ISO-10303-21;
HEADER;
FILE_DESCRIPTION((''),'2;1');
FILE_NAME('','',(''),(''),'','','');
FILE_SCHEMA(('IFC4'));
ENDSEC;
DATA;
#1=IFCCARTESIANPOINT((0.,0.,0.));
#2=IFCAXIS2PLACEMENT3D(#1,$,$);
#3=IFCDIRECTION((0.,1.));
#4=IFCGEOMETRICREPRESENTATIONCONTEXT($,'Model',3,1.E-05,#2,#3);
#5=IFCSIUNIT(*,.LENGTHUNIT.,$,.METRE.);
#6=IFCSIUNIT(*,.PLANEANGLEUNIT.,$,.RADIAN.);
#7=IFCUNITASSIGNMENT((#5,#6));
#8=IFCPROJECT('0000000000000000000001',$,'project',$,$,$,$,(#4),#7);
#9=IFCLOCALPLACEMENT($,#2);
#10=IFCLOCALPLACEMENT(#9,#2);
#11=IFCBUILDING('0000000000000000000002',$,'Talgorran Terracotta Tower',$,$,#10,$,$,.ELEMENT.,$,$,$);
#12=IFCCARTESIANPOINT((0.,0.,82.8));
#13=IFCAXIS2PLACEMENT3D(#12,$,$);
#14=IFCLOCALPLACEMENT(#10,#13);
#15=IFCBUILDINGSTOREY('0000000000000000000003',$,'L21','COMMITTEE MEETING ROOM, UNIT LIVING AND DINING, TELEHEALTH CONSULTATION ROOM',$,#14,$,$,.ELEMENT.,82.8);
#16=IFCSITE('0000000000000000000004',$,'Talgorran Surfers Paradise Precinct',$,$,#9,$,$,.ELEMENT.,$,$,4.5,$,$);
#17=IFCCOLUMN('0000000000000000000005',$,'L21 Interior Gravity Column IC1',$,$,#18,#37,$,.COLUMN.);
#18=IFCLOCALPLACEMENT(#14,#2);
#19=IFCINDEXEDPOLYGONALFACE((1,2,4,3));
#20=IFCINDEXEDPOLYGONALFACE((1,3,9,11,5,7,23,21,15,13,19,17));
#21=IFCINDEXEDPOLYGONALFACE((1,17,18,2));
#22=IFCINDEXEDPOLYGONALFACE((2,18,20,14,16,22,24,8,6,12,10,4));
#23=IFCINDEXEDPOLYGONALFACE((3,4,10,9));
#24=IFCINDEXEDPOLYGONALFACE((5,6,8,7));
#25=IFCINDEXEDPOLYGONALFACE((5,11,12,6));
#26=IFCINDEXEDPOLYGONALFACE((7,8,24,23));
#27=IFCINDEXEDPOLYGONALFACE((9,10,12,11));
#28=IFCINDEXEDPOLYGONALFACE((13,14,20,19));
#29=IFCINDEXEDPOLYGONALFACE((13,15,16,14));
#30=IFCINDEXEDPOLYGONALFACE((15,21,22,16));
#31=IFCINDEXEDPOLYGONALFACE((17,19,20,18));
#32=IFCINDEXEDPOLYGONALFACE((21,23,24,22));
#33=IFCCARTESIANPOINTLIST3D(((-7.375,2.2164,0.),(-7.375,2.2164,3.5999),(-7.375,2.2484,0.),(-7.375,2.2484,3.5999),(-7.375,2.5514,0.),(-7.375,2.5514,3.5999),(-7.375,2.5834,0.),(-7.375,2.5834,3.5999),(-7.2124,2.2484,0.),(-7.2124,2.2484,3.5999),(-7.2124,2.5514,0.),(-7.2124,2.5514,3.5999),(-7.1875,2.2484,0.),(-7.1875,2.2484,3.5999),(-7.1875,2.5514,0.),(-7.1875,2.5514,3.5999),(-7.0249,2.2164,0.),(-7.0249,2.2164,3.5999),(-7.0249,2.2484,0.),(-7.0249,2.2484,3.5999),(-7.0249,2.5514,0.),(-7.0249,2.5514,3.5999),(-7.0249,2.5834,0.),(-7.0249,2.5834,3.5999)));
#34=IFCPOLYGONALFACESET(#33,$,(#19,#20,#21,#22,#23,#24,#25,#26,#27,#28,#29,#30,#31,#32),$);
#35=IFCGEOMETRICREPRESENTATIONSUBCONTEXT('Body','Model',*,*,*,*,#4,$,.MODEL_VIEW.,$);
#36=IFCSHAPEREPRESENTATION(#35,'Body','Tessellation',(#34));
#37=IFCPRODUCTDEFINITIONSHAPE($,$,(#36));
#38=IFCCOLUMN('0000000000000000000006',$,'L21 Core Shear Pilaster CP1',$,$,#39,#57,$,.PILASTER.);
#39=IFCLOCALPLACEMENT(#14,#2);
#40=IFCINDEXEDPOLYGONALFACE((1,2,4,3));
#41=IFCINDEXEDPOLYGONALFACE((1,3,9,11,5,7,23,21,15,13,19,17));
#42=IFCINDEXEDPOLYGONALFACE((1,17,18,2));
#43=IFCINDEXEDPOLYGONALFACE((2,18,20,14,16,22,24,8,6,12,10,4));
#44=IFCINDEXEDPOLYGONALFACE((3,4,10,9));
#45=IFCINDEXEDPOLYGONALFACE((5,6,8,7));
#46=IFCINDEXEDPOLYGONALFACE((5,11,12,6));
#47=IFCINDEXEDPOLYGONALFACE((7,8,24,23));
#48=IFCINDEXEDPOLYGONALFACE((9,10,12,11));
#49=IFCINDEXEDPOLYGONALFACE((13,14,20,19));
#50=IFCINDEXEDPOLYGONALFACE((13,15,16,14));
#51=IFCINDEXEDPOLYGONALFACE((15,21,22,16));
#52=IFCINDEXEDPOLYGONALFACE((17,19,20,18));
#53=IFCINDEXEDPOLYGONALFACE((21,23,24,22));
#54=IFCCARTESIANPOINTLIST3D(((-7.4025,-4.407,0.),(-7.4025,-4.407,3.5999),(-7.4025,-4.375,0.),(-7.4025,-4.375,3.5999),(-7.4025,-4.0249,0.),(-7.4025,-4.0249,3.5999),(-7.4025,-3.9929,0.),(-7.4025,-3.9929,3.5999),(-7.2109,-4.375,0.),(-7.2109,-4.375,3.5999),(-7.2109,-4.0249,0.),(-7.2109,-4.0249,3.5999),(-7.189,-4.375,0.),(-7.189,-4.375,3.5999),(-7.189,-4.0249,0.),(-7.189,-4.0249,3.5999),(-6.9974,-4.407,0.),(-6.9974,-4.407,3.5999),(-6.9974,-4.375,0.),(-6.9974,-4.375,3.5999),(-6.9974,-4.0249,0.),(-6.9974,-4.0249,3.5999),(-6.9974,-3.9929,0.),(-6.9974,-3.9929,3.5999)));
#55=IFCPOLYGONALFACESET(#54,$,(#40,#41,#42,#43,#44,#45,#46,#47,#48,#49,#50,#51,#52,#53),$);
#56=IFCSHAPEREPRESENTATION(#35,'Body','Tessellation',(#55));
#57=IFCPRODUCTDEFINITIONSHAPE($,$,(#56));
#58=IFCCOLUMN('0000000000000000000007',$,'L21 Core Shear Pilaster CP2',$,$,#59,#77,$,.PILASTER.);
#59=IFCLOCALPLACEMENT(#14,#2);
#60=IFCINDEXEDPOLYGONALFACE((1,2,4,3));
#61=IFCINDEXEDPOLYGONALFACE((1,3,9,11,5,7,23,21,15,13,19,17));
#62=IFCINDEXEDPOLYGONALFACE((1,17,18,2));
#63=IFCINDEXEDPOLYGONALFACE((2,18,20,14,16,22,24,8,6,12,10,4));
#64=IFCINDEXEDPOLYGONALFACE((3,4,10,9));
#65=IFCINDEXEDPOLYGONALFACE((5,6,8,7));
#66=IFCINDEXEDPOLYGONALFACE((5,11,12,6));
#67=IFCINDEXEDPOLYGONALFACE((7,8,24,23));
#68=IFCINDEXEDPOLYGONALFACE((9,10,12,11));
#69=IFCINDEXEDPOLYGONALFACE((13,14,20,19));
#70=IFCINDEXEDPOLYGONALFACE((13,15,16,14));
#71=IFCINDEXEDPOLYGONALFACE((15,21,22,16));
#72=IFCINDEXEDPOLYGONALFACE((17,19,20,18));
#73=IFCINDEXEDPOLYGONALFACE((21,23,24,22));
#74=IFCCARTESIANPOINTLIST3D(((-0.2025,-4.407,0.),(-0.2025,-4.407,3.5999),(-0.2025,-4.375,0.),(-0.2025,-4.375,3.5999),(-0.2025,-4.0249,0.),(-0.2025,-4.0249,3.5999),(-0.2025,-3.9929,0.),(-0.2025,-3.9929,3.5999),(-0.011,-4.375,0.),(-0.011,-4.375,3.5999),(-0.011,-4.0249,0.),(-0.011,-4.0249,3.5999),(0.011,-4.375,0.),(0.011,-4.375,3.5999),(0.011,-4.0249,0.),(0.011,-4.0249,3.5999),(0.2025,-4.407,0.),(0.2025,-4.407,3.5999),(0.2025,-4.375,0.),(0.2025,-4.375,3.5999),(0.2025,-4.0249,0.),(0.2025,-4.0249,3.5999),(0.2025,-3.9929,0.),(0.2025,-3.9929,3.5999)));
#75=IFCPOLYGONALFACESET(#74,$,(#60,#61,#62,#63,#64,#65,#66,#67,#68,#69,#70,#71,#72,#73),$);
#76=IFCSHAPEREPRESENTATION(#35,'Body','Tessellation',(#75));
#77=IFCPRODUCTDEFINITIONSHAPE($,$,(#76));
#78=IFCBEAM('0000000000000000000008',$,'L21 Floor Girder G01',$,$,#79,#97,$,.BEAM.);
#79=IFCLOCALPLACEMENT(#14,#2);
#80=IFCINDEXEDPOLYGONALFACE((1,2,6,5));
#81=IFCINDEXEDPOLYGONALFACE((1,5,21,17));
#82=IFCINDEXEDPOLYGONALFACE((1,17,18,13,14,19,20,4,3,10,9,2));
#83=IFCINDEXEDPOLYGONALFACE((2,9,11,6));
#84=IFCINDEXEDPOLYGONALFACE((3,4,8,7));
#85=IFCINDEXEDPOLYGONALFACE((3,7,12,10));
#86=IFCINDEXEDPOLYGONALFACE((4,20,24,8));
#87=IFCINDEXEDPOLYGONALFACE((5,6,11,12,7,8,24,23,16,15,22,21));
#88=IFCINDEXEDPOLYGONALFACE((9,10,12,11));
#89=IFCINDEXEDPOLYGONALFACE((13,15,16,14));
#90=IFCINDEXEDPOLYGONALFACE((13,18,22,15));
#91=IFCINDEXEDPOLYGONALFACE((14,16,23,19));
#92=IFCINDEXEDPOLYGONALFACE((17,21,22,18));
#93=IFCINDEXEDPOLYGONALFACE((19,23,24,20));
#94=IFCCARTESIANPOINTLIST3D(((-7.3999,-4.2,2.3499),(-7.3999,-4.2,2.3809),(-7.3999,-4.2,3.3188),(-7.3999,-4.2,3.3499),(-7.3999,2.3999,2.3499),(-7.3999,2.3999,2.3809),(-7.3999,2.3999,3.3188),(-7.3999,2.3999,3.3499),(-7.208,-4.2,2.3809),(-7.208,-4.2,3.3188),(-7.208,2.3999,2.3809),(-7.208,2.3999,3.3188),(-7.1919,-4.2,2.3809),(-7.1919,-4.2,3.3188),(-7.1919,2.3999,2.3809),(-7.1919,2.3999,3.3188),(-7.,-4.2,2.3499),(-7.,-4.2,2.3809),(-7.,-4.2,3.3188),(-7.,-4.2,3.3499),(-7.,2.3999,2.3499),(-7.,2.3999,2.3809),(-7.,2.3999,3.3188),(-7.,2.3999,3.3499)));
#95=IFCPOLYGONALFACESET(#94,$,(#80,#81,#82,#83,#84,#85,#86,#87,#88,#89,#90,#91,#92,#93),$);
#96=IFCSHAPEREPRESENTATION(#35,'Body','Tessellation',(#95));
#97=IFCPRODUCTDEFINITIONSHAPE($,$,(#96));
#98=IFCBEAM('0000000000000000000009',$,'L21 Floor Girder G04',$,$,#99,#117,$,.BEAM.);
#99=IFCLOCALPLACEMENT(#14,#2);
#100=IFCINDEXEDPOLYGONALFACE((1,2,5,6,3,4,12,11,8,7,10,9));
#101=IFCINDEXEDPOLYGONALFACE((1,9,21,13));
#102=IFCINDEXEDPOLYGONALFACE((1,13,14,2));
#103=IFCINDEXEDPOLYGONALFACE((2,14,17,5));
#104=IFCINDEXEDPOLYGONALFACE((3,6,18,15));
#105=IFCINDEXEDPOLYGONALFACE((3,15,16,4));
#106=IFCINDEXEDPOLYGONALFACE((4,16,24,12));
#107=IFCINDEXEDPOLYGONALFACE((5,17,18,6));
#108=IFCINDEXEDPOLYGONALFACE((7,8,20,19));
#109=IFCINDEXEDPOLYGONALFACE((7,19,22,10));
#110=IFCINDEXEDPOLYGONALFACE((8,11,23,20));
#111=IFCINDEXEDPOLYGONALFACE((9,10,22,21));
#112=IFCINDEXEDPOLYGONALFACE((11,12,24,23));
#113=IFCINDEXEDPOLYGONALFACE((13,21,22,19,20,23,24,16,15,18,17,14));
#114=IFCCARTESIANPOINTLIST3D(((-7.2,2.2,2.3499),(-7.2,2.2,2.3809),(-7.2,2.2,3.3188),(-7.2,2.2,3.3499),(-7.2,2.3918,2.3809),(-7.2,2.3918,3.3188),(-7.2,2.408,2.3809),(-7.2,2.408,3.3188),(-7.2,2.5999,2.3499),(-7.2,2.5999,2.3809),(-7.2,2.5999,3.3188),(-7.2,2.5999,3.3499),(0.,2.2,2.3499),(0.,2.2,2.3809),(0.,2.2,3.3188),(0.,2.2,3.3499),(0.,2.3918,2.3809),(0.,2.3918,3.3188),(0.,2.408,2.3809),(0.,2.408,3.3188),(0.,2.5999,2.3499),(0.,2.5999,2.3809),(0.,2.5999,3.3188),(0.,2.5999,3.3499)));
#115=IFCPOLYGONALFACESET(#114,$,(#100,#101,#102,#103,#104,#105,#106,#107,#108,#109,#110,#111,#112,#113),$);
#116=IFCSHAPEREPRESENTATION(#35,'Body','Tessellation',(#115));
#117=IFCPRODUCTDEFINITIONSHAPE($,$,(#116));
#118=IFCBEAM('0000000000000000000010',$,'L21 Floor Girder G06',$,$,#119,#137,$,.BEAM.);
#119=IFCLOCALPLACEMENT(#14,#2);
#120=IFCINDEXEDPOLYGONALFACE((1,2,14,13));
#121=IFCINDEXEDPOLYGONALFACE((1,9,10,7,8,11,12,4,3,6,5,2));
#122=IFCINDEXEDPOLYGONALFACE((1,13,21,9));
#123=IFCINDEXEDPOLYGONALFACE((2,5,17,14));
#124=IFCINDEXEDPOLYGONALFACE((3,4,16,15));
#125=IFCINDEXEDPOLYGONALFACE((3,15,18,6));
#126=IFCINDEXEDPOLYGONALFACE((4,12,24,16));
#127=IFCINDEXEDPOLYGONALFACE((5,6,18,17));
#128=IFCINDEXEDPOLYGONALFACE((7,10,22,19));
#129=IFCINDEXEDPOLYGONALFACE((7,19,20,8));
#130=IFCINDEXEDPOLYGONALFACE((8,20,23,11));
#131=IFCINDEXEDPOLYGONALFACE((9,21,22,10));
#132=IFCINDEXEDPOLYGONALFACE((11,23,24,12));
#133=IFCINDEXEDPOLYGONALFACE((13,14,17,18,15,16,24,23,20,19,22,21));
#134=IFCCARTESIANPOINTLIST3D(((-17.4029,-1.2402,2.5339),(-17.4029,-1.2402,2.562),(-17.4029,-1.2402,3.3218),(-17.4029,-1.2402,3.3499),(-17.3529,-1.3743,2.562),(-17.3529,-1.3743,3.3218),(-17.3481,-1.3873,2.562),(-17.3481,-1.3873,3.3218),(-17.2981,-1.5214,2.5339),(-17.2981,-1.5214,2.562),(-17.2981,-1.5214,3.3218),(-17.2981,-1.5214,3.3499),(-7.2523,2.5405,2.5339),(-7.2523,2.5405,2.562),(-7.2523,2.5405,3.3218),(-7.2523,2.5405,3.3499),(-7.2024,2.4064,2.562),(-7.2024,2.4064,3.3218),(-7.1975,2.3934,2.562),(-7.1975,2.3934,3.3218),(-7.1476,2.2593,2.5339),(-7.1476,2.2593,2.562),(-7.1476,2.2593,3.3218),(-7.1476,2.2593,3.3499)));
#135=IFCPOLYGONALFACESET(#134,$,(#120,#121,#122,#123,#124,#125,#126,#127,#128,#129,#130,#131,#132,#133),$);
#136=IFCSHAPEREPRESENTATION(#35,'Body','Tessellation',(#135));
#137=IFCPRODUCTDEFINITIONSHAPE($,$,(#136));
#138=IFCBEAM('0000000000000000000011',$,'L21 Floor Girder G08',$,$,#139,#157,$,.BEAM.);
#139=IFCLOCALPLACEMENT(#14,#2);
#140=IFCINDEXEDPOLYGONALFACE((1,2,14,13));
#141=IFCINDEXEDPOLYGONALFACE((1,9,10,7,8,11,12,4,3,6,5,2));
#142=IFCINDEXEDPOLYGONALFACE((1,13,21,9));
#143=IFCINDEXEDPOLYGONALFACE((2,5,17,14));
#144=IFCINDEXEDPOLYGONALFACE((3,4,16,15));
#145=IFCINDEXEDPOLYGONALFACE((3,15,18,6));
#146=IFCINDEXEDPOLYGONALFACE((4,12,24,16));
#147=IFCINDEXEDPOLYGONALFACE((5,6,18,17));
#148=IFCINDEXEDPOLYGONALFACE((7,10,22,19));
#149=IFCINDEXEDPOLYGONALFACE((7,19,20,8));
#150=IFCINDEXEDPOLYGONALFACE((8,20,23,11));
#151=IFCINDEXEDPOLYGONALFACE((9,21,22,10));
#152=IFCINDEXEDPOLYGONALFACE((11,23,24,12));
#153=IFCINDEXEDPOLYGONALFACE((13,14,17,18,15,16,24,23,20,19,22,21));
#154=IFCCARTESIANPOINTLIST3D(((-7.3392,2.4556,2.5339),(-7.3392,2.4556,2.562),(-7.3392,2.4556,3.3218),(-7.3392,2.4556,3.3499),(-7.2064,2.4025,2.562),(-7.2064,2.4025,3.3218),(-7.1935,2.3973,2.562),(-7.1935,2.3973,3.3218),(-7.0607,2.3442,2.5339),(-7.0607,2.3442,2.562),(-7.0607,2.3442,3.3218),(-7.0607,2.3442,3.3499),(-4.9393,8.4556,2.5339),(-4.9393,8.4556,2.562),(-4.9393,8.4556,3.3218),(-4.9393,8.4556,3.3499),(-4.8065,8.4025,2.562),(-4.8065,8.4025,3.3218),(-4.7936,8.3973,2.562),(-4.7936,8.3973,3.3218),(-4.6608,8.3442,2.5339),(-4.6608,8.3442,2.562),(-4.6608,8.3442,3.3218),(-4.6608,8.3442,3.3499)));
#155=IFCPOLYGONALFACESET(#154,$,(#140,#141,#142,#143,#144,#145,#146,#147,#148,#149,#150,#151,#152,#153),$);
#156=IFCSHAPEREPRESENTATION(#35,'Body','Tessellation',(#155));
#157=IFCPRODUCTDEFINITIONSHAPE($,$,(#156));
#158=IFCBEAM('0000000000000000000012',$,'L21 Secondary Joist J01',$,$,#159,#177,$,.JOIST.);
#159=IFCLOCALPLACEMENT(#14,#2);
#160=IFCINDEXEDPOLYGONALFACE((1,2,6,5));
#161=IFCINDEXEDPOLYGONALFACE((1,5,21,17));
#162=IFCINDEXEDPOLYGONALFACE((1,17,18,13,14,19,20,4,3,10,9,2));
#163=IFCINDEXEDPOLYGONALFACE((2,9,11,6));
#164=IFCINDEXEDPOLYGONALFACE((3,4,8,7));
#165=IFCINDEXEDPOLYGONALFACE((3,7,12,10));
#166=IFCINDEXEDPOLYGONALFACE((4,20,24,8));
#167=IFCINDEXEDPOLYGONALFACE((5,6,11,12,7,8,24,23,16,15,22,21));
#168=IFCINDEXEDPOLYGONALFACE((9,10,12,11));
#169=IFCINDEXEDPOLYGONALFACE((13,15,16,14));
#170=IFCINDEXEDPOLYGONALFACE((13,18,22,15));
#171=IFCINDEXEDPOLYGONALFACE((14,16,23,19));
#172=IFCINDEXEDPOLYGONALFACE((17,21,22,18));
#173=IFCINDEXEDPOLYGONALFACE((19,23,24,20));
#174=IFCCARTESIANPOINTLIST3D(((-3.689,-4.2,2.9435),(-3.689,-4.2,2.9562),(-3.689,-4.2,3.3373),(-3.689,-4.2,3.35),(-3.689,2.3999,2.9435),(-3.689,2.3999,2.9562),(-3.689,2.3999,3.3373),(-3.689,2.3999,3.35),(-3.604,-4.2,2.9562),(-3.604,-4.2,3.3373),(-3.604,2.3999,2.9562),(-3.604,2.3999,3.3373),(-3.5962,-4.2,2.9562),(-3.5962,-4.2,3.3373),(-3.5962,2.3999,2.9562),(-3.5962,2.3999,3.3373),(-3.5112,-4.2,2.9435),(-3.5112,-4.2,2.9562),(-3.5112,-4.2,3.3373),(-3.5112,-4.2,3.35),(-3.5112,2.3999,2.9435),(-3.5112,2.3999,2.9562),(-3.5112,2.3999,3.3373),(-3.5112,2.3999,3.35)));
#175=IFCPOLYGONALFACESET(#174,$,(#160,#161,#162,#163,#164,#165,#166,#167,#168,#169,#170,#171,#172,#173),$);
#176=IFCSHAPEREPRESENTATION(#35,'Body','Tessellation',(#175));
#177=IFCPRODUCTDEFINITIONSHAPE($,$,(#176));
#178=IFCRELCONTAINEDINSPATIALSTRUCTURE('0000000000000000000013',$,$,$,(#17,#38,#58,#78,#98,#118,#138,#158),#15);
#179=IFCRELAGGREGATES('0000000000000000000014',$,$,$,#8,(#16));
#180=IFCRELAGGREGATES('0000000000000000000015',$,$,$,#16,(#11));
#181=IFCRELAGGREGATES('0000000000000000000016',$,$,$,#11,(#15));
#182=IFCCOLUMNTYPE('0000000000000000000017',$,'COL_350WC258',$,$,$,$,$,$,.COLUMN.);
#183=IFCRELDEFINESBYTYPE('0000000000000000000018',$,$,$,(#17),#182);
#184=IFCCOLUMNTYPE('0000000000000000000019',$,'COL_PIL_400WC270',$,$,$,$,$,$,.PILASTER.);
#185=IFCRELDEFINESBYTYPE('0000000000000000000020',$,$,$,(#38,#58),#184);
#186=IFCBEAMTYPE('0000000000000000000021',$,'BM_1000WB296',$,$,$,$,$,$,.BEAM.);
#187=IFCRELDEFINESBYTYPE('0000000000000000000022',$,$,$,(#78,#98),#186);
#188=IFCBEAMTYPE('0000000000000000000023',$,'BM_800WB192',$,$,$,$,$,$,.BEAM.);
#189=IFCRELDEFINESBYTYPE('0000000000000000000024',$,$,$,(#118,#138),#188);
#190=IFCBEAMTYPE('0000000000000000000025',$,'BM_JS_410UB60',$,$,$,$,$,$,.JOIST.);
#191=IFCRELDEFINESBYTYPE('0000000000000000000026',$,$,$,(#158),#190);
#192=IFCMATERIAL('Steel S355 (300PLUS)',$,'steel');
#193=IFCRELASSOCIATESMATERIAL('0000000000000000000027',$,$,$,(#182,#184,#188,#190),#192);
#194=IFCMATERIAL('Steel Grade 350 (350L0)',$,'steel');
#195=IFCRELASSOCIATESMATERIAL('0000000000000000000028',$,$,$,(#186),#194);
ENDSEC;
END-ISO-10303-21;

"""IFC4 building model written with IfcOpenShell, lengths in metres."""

from ifc_helpers import new_model, si_unit, direction, frame, origin, origin_2d, place, context, subcontext, project, spatial, i_section, extrude, material, material_profile, profile_set, type_object, element, save


model = new_model("IFC4")

# Units and contexts
model_context = context("Model", 3, precision=1e-05, world=origin(), true_north=direction((0.0, 1.0)))
body_context = subcontext(model_context, "Body", "Model", "MODEL_VIEW")
ifc_project = project(units=[si_unit("LENGTHUNIT", "METRE"), si_unit("PLANEANGLEUNIT", "RADIAN")], contexts=[model_context])

# Site, building, storey
site_placement = place(None, origin())
site = spatial("IfcSite", under=ifc_project, at=site_placement, Name="Talgorran Surfers Paradise Precinct", CompositionType="ELEMENT", RefElevation=4.5)
building_placement = place(site_placement, origin())
building = spatial("IfcBuilding", under=site, at=building_placement, Name="Talgorran Terracotta Tower", CompositionType="ELEMENT")
storey_placement = place(building_placement, frame((0.0, 0.0, 82.8)))
storey = spatial("IfcBuildingStorey", under=building, at=storey_placement, Name="L21", Description="COMMITTEE MEETING ROOM, UNIT LIVING AND DINING, TELEHEALTH CONSULTATION ROOM", CompositionType="ELEMENT", Elevation=82.8)

# Columns
ifc_material_1 = material(Name="Steel S355 (300PLUS)", Category="steel")
ifc_material_profile_1 = material_profile(ifc_material_1, i_section(OverallWidth=0.3501, OverallDepth=0.3669, WebThickness=0.0249, FlangeThickness=0.032, at=origin_2d()), Name="350WC258")
ifc_profile_set_1 = profile_set([ifc_material_profile_1], Name="Steel S355 (300PLUS)")
column_type_1 = type_object("IfcColumnType", Name="COL_350WC258", PredefinedType="COLUMN", material=ifc_profile_set_1)
column_placement = place(storey_placement, frame((-7.2, 2.3999, 0.0), z_axis=(0.0, 0.0, 1.0), x_axis=(1.0, 0.0, 0.0)))
element("IfcColumn", 1, at=column_placement, inside=storey, type_object=column_type_1, Name="L21 Interior Gravity Column IC1", PredefinedType="COLUMN", context=body_context, shape_type="SweptSolid", body=[
    extrude(i_section(OverallWidth=0.3501, OverallDepth=0.3669, WebThickness=0.0249, FlangeThickness=0.032, at=origin_2d()), origin(), (0.0, 0.0, 1.0), 3.5999),
])
ifc_material_profile_2 = material_profile(ifc_material_1, i_section(OverallWidth=0.405, OverallDepth=0.4141, WebThickness=0.022, FlangeThickness=0.032, at=origin_2d()), Name="400WC270")
ifc_profile_set_2 = profile_set([ifc_material_profile_2], Name="Steel S355 (300PLUS)")
column_type_2 = type_object("IfcColumnType", Name="COL_PIL_400WC270", PredefinedType="PILASTER", material=ifc_profile_set_2)
for number, where, z_axis, x_axis, name in (
    (2, (-7.2, -4.2, 0.0), (0.0, 0.0, 1.0), (1.0, 0.0, 0.0), "L21 Core Shear Pilaster CP1"),
    (3, (0.0, -4.2, 0.0), (0.0, 0.0, 1.0), (1.0, 0.0, 0.0), "L21 Core Shear Pilaster CP2"),
):
    element("IfcColumn", number, at=place(storey_placement, frame(where, z_axis=z_axis, x_axis=x_axis)), inside=storey, type_object=column_type_2, Name=name, PredefinedType="PILASTER", context=body_context, shape_type="SweptSolid", body=[
        extrude(i_section(OverallWidth=0.405, OverallDepth=0.4141, WebThickness=0.022, FlangeThickness=0.032, at=origin_2d()), origin(), (0.0, 0.0, 1.0), 3.5999),
    ])

# Beams
ifc_material_2 = material(Name="Steel Grade 350 (350L0)", Category="steel")
ifc_material_profile_3 = material_profile(ifc_material_2, i_section(OverallWidth=0.3999, OverallDepth=1.0, WebThickness=0.0161, FlangeThickness=0.031, at=origin_2d()), Name="1000WB296")
ifc_profile_set_3 = profile_set([ifc_material_profile_3], Name="Steel Grade 350 (350L0)")
beam_type_1 = type_object("IfcBeamType", Name="BM_1000WB296", PredefinedType="BEAM", material=ifc_profile_set_3)
beam_1_placement = place(storey_placement, frame((-7.2, -4.2, 2.8499), z_axis=(0.0, 1.0, 0.0), x_axis=(-1.0, 0.0, 0.0)))
element("IfcBeam", 4, at=beam_1_placement, inside=storey, type_object=beam_type_1, Name="L21 Floor Girder G01", PredefinedType="BEAM", context=body_context, shape_type="SweptSolid", body=[
    extrude(i_section(OverallWidth=0.3999, OverallDepth=1.0, WebThickness=0.0161, FlangeThickness=0.031, at=origin_2d()), origin(), (0.0, 0.0, 1.0), 6.5999),
])
beam_2_placement = place(storey_placement, frame((-7.2, 2.3999, 2.8499), z_axis=(1.0, 0.0, 0.0), x_axis=(0.0, 1.0, 0.0)))
element("IfcBeam", 5, at=beam_2_placement, inside=storey, type_object=beam_type_1, Name="L21 Floor Girder G04", PredefinedType="BEAM", context=body_context, shape_type="SweptSolid", body=[
    extrude(i_section(OverallWidth=0.3999, OverallDepth=1.0, WebThickness=0.0161, FlangeThickness=0.031, at=origin_2d()), origin(), (0.0, 0.0, 1.0), 7.2),
])
ifc_material_profile_4 = material_profile(ifc_material_1, i_section(OverallWidth=0.3, OverallDepth=0.8159, WebThickness=0.0139, FlangeThickness=0.0281, at=origin_2d()), Name="800WB192")
ifc_profile_set_4 = profile_set([ifc_material_profile_4], Name="Steel S355 (300PLUS)")
beam_type_2 = type_object("IfcBeamType", Name="BM_800WB192", PredefinedType="BEAM", material=ifc_profile_set_4)
beam_3_placement = place(storey_placement, frame((-7.2, 2.3999, 2.9419), z_axis=(-0.937108, -0.34904, 0.0), x_axis=(0.34904, -0.937108, 0.0)))
element("IfcBeam", 6, at=beam_3_placement, inside=storey, type_object=beam_type_2, Name="L21 Floor Girder G06", PredefinedType="BEAM", context=body_context, shape_type="SweptSolid", body=[
    extrude(i_section(OverallWidth=0.3, OverallDepth=0.8159, WebThickness=0.0139, FlangeThickness=0.0281, at=origin_2d()), origin(), (0.0, 0.0, 1.0), 10.8318),
])
beam_4_placement = place(storey_placement, frame((-7.2, 2.3999, 2.9419), z_axis=(0.371378, 0.928482, 0.0), x_axis=(-0.928482, 0.371378, 0.0)))
element("IfcBeam", 7, at=beam_4_placement, inside=storey, type_object=beam_type_2, Name="L21 Floor Girder G08", PredefinedType="BEAM", context=body_context, shape_type="SweptSolid", body=[
    extrude(i_section(OverallWidth=0.3, OverallDepth=0.8159, WebThickness=0.0139, FlangeThickness=0.0281, at=origin_2d()), origin(), (0.0, 0.0, 1.0), 6.4622),
])
ifc_material_profile_5 = material_profile(ifc_material_1, i_section(OverallWidth=0.1777, OverallDepth=0.4065, WebThickness=0.0078, FlangeThickness=0.0127, at=origin_2d()), Name="410UB59.7")
ifc_profile_set_5 = profile_set([ifc_material_profile_5], Name="Steel S355 (300PLUS)")
beam_type_3 = type_object("IfcBeamType", Name="BM_JS_410UB60", PredefinedType="JOIST", material=ifc_profile_set_5)
beam_5_placement = place(storey_placement, frame((-3.6001, -4.2, 3.1467), z_axis=(0.0, 1.0, 0.0), x_axis=(-1.0, 0.0, 0.0)))
element("IfcBeam", 8, at=beam_5_placement, inside=storey, type_object=beam_type_3, Name="L21 Secondary Joist J01", PredefinedType="JOIST", context=body_context, shape_type="SweptSolid", body=[
    extrude(i_section(OverallWidth=0.1777, OverallDepth=0.4065, WebThickness=0.0078, FlangeThickness=0.0127, at=origin_2d()), origin(), (0.0, 0.0, 1.0), 6.5999),
])

save(model, "model.ifc")
